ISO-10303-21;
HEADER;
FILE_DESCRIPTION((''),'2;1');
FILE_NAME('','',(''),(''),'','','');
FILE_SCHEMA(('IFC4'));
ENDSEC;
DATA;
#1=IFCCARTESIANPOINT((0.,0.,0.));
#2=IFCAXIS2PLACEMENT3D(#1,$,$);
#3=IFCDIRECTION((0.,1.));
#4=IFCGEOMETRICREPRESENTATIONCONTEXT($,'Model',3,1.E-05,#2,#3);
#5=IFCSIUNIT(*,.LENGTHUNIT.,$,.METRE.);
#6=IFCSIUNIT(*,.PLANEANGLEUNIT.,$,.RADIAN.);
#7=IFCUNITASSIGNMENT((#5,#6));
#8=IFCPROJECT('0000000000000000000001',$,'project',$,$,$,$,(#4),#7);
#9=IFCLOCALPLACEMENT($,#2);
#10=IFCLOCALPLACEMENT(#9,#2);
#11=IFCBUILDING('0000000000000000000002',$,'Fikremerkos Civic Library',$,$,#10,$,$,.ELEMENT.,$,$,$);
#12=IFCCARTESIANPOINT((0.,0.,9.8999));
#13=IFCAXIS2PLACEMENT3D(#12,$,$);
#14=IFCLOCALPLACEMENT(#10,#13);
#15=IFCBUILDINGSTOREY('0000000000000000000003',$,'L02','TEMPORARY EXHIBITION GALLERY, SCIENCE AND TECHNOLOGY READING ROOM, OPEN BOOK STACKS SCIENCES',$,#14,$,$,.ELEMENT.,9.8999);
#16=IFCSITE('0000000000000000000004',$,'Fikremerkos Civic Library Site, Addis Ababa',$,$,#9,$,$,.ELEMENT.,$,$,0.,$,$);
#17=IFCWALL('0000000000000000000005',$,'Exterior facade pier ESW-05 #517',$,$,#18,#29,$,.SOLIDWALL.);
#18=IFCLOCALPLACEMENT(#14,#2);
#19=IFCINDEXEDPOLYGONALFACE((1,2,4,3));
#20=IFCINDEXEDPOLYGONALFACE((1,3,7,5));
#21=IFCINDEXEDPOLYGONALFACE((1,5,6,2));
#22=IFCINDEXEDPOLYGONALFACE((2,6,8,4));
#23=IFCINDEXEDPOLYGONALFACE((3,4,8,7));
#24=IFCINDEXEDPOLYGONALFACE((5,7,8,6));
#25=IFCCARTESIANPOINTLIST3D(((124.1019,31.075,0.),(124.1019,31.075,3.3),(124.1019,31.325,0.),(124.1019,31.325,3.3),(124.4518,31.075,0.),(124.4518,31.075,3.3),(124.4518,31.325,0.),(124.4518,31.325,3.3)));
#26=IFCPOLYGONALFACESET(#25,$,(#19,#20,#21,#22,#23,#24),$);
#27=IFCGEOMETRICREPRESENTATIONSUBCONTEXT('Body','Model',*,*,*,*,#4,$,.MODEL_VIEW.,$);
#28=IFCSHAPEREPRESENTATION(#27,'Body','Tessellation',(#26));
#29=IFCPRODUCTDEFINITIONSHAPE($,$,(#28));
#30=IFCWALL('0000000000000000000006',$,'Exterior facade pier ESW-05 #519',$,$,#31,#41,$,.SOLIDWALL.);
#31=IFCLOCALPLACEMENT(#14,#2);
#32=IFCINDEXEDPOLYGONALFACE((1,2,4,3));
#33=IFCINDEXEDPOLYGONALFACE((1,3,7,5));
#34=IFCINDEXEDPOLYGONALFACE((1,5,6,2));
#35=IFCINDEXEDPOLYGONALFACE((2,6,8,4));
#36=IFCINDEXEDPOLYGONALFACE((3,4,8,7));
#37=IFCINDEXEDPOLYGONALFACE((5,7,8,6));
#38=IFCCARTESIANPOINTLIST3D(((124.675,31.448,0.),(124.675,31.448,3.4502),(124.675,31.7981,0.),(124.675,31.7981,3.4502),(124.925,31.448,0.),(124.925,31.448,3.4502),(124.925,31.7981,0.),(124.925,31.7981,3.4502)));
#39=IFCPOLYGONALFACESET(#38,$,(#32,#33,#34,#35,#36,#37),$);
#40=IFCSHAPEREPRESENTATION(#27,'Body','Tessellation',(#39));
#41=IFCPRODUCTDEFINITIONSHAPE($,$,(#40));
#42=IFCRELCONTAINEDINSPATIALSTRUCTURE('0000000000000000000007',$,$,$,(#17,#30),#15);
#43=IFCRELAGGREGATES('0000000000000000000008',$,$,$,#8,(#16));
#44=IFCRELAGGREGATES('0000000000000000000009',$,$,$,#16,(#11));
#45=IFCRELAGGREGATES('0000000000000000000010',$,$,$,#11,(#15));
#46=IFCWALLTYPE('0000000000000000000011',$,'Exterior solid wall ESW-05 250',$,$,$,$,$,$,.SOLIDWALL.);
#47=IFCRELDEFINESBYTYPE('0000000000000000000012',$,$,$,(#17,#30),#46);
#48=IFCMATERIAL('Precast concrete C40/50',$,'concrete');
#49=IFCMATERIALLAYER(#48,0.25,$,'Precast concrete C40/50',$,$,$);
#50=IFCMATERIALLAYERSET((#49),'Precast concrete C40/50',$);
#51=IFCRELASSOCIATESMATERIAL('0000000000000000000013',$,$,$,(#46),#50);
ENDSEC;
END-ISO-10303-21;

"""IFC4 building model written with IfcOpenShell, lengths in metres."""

from ifc_helpers import new_model, si_unit, direction, frame, frame_2d, origin, place, context, subcontext, project, spatial, rectangle, extrude, material, layer, layer_set, type_object, element, save


model = new_model("IFC4")

# Units and contexts
model_context = context("Model", 3, precision=1e-05, world=origin(), true_north=direction((0.0, 1.0)))
body_context = subcontext(model_context, "Body", "Model", "MODEL_VIEW")
ifc_project = project(units=[si_unit("LENGTHUNIT", "METRE"), si_unit("PLANEANGLEUNIT", "RADIAN")], contexts=[model_context])

# Site, building, storey
site_placement = place(None, origin())
site = spatial("IfcSite", under=ifc_project, at=site_placement, Name="Fikremerkos Civic Library Site, Addis Ababa", CompositionType="ELEMENT", RefElevation=0.0)
building_placement = place(site_placement, origin())
building = spatial("IfcBuilding", under=site, at=building_placement, Name="Fikremerkos Civic Library", CompositionType="ELEMENT")
storey_placement = place(building_placement, frame((0.0, 0.0, 9.8999)))
storey = spatial("IfcBuildingStorey", under=building, at=storey_placement, Name="L02", Description="TEMPORARY EXHIBITION GALLERY, SCIENCE AND TECHNOLOGY READING ROOM, OPEN BOOK STACKS SCIENCES", CompositionType="ELEMENT", Elevation=9.8999)

# Walls
ifc_material_1 = material(Name="Precast concrete C40/50", Category="concrete")
ifc_layer_1 = layer(ifc_material_1, 0.25, Name="Precast concrete C40/50")
ifc_layer_set_1 = layer_set([ifc_layer_1], Name="Precast concrete C40/50")
wall_type = type_object("IfcWallType", Name="Exterior solid wall ESW-05 250", PredefinedType="SOLIDWALL", material=ifc_layer_set_1)
wall_1_placement = place(storey_placement, frame((124.1021, 31.2, 0.0), z_axis=(0.0, 0.0, 1.0), x_axis=(1.0, 0.0, 0.0)))
element("IfcWall", 1, at=wall_1_placement, inside=storey, type_object=wall_type, Name="Exterior facade pier ESW-05 #517", PredefinedType="SOLIDWALL", context=body_context, shape_type="SweptSolid", body=[
    extrude(rectangle(XDim=0.3499, YDim=0.25, at=frame_2d((0.1748, 0.0))), origin(), (0.0, 0.0, 1.0), 3.3),
])
wall_2_placement = place(storey_placement, frame((124.8, 31.448, 0.0), z_axis=(0.0, 0.0, 1.0), x_axis=(0.0, 1.0, 0.0)))
element("IfcWall", 2, at=wall_2_placement, inside=storey, type_object=wall_type, Name="Exterior facade pier ESW-05 #519", PredefinedType="SOLIDWALL", context=body_context, shape_type="SweptSolid", body=[
    extrude(rectangle(XDim=0.3501, YDim=0.25, at=frame_2d((0.175, 0.0))), origin(), (0.0, 0.0, 1.0), 3.4502),
])

save(model, "model.ifc")
